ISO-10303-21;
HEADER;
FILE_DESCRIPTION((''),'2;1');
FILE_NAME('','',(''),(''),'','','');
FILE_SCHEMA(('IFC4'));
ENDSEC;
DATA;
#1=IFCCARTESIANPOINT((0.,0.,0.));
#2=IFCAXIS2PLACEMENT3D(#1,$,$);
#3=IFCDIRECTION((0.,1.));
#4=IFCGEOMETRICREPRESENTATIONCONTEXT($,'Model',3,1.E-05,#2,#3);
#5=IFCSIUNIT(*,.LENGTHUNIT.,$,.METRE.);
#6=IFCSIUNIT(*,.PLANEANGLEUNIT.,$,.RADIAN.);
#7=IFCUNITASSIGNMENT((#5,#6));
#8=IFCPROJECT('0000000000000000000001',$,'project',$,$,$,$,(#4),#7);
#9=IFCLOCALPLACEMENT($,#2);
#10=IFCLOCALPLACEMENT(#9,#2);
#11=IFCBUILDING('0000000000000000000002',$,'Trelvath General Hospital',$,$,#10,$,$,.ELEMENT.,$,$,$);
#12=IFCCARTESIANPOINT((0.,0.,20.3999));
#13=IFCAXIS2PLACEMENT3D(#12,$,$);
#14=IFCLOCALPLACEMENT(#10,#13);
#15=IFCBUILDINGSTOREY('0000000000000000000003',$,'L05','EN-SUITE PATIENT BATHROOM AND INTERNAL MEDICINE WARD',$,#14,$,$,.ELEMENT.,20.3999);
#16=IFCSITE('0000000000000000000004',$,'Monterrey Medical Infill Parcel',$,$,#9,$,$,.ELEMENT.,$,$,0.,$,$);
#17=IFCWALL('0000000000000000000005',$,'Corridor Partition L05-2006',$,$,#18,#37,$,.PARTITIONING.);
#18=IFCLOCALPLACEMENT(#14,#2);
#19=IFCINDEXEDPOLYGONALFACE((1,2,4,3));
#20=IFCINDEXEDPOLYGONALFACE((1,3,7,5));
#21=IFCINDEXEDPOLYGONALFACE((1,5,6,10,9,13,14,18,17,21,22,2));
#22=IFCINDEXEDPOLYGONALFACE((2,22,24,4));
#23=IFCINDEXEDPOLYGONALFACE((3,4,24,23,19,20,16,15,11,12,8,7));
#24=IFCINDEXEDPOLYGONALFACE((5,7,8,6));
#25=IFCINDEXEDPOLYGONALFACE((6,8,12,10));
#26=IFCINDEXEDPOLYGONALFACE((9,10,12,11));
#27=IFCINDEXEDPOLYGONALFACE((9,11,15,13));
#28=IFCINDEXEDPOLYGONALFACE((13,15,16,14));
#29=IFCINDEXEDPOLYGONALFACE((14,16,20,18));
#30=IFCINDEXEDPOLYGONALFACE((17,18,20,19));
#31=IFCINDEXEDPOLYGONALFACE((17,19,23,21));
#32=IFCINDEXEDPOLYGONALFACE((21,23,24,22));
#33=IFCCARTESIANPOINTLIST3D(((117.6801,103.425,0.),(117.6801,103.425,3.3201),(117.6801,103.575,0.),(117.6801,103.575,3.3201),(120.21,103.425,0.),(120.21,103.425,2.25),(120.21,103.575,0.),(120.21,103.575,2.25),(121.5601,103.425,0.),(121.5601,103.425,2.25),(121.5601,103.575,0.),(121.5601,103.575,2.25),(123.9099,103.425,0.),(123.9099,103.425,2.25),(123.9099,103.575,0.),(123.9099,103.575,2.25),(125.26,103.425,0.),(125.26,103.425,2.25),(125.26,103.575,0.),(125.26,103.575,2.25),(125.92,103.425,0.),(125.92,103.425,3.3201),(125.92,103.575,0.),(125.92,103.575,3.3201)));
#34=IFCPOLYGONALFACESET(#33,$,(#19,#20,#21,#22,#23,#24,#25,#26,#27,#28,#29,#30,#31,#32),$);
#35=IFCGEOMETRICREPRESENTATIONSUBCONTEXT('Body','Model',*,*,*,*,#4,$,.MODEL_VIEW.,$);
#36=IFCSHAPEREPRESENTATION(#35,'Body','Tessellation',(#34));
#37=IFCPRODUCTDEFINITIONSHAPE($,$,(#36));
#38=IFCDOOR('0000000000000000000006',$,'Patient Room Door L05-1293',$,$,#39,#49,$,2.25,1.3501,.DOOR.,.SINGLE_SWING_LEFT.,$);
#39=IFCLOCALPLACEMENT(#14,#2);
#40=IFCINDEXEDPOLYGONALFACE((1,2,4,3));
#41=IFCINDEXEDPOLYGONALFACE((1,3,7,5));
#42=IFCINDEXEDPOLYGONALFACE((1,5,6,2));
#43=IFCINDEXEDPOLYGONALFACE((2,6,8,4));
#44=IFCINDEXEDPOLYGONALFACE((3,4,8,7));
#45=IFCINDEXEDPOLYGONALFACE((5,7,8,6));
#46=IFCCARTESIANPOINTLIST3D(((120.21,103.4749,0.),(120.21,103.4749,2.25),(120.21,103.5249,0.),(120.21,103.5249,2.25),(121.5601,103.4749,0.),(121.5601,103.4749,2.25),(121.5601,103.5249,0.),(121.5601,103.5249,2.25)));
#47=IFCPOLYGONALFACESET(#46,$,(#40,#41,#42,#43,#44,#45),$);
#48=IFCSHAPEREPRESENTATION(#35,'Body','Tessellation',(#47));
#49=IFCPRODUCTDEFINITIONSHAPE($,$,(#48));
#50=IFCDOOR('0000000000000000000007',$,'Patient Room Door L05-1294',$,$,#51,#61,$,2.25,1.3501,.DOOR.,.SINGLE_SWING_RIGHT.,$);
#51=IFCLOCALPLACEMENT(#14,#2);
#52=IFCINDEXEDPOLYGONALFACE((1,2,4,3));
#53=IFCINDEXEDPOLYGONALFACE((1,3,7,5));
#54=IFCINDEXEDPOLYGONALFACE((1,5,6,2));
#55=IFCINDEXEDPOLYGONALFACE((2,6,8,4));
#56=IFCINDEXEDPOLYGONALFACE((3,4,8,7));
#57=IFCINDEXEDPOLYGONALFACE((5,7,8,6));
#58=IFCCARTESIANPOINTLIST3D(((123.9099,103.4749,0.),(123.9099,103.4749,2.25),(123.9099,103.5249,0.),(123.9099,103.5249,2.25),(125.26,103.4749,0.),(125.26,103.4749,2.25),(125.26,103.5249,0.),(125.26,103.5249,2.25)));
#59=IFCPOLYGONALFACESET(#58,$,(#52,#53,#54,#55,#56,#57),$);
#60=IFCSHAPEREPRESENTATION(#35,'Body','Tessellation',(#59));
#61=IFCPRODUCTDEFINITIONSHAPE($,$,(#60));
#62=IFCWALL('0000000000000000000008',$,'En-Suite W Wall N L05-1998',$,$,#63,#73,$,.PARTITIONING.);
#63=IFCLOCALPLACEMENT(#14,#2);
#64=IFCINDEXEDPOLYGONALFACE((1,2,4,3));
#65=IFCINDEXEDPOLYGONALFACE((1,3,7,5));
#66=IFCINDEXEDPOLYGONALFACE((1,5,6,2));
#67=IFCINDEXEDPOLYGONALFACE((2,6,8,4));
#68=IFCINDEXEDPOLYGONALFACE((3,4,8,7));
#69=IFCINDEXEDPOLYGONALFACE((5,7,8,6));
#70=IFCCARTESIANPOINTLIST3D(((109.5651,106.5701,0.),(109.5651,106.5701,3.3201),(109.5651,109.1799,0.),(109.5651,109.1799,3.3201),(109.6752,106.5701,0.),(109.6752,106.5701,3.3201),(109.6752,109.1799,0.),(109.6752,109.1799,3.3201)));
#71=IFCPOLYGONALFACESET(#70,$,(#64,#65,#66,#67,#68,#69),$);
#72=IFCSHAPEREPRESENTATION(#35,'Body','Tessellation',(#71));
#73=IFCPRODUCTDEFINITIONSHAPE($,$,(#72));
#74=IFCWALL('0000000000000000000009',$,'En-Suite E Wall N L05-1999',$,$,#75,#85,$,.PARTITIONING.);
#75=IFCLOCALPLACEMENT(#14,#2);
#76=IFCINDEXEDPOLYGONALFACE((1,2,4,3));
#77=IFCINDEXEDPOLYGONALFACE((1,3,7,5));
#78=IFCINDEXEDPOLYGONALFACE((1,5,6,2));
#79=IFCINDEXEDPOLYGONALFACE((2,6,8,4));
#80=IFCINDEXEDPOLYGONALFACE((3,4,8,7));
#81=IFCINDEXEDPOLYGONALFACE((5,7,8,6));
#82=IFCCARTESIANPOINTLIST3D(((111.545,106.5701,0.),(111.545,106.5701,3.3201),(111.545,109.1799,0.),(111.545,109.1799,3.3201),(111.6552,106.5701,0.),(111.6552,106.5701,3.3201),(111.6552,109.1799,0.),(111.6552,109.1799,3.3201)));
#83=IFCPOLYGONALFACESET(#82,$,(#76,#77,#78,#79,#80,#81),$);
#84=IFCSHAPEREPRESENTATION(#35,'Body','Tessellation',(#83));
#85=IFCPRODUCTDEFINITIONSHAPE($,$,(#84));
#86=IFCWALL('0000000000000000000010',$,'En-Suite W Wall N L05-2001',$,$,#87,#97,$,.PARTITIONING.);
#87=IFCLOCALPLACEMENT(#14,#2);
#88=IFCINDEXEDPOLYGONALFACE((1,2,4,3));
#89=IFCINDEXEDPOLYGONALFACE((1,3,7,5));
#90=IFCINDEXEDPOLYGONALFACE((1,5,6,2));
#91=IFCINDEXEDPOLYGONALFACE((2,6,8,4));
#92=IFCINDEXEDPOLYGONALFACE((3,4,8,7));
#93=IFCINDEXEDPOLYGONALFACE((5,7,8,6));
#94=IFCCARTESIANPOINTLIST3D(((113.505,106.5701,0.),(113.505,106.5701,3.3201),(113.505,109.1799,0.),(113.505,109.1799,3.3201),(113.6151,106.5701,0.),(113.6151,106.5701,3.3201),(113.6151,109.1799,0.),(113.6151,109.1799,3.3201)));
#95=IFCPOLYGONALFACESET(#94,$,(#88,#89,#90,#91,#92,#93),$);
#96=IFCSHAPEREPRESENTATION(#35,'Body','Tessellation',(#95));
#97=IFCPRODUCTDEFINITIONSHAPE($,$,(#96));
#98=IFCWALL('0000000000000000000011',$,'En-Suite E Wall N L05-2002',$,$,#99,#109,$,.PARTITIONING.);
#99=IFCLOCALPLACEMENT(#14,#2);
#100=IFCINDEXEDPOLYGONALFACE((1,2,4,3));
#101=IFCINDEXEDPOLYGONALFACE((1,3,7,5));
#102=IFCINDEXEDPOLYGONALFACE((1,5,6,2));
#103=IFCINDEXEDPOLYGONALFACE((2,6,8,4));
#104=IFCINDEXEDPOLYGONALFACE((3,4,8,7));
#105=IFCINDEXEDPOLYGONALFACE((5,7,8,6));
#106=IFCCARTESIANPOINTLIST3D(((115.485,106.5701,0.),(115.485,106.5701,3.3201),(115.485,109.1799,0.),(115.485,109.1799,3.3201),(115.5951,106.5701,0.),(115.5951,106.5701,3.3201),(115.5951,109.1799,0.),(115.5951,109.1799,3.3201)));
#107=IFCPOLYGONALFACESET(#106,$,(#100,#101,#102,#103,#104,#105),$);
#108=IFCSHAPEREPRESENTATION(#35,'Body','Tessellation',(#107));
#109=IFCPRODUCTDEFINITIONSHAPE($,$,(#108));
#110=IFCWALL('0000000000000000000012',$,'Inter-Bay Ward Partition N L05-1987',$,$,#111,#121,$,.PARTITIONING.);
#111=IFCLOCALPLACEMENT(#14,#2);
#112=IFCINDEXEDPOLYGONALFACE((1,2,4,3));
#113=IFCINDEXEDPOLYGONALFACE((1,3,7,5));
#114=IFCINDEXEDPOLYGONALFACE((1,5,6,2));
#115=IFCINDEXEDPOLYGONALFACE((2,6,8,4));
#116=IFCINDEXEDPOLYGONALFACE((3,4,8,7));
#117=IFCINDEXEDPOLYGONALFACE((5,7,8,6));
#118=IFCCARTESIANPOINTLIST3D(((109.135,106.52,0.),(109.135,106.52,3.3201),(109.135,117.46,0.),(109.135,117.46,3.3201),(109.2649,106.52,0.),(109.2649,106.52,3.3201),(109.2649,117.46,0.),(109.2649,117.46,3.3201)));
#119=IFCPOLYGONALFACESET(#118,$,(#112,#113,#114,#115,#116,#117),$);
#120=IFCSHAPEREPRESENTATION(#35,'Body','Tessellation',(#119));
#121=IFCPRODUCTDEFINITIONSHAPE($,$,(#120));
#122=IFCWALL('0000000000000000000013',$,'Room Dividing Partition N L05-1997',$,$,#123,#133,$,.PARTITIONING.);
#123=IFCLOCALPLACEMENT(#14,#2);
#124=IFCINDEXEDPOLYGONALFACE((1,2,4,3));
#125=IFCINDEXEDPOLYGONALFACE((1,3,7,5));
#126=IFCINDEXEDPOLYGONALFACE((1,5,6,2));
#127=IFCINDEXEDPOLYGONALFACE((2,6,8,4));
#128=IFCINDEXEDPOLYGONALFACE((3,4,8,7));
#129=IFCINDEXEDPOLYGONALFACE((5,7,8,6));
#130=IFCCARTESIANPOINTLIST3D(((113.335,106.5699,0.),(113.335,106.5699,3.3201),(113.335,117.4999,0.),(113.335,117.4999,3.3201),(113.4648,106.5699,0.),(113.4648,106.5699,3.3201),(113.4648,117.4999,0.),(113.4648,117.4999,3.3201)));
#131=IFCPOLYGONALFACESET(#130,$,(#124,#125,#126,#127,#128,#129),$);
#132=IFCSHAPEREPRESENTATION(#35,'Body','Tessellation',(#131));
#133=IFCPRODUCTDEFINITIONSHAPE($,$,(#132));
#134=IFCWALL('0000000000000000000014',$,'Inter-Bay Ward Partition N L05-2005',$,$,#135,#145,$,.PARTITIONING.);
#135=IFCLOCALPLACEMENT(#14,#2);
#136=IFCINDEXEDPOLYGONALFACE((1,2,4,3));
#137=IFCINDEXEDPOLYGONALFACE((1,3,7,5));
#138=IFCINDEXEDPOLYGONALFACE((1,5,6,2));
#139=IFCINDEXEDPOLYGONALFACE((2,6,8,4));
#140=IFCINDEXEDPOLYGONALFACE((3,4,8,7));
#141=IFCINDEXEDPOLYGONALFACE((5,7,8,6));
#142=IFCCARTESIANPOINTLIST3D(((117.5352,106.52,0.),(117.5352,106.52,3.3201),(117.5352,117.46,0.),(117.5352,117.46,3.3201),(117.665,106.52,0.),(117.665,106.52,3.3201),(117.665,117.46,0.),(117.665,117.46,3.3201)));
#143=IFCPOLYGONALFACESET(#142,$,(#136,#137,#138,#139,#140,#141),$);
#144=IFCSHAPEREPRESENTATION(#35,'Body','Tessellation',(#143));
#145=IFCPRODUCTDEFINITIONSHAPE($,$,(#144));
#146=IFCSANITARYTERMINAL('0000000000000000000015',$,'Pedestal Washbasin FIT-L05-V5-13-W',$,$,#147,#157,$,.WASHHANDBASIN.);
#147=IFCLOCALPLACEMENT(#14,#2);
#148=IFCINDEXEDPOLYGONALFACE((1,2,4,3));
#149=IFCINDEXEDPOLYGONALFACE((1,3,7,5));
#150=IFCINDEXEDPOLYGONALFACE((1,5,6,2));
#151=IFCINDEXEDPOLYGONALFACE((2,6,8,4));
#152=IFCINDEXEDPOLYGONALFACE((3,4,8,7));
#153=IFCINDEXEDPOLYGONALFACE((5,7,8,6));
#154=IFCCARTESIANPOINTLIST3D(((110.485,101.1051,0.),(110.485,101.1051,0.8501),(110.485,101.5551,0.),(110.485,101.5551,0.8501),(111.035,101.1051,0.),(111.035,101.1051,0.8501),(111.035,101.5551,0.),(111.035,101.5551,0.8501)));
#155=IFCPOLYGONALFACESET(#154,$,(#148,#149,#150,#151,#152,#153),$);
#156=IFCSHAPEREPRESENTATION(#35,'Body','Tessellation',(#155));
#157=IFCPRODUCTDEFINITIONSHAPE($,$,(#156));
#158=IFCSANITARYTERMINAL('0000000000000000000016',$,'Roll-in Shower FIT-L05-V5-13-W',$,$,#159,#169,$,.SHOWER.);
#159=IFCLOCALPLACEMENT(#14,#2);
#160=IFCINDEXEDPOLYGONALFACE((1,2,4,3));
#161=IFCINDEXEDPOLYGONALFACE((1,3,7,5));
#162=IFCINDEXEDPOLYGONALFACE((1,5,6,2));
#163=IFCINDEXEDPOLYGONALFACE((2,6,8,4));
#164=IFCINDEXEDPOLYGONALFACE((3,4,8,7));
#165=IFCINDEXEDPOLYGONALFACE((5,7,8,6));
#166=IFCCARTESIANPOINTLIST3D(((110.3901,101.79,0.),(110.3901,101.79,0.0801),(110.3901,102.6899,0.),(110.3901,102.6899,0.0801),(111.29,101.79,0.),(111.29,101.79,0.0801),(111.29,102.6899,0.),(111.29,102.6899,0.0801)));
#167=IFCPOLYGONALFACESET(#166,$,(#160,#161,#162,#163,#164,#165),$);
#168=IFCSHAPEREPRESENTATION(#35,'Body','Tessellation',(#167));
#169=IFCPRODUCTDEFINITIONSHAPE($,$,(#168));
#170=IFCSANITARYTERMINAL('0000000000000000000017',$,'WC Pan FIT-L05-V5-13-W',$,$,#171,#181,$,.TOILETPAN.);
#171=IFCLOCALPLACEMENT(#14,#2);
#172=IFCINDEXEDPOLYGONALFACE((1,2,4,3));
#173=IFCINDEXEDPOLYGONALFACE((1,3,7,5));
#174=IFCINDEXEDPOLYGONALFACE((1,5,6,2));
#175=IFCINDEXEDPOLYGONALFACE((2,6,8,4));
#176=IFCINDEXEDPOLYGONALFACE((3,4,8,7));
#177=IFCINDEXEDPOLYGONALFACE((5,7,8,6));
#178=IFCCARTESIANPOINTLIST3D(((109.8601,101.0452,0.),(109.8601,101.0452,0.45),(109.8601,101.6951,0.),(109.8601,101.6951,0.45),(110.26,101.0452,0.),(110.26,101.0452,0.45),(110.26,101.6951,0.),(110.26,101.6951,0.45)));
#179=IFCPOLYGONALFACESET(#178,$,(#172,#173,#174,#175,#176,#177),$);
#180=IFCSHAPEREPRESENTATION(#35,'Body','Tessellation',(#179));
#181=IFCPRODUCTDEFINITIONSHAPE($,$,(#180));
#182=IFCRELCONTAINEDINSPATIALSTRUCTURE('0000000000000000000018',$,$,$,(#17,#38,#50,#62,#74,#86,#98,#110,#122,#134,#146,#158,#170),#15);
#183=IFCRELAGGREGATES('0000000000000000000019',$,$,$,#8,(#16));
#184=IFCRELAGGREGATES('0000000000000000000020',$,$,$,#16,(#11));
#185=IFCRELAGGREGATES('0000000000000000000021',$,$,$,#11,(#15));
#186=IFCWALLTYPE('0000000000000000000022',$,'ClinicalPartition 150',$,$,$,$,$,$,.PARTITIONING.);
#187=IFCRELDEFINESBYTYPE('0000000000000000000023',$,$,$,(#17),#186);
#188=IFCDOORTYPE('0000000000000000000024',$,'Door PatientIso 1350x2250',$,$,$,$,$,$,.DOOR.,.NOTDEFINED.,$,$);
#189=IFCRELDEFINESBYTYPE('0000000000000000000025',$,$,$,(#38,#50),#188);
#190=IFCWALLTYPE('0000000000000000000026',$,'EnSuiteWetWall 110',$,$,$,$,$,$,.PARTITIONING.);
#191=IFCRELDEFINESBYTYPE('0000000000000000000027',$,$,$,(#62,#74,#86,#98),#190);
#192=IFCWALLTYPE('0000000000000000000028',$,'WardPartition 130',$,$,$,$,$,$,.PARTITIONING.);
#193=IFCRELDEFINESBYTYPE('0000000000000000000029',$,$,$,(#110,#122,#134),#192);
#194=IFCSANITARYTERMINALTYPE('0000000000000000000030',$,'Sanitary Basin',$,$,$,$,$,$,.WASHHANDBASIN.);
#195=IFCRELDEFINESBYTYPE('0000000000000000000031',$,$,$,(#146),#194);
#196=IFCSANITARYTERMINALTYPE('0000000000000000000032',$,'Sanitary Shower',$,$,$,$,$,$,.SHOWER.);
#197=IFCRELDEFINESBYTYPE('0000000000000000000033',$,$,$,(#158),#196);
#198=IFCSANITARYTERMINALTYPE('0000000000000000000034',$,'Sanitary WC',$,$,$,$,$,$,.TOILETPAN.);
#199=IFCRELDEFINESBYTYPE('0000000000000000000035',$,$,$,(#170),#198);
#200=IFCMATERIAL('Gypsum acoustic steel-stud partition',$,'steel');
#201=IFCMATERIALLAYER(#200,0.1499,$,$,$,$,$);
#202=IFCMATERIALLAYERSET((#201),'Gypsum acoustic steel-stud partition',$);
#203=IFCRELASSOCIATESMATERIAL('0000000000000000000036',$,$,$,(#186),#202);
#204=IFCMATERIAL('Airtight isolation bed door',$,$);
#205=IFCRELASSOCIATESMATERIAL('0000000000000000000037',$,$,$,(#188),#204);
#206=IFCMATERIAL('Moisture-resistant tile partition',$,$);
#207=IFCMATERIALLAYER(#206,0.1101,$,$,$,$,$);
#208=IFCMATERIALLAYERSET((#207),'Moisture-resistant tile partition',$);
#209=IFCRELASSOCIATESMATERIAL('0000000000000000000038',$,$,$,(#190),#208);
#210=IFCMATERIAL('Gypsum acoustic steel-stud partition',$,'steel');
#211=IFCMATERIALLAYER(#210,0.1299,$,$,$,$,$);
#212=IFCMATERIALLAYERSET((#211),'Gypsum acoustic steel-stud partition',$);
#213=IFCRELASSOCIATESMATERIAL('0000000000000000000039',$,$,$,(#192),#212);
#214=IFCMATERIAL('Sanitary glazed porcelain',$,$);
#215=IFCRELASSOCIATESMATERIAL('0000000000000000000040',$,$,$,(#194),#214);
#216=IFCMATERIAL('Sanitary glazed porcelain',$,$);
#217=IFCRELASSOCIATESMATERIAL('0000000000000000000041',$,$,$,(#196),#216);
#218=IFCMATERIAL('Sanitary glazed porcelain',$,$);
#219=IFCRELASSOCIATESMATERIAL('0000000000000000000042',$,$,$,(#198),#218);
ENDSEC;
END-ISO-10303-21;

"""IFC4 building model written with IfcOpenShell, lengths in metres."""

from ifc_helpers import new_model, si_unit, direction, frame, frame_2d, origin, origin_2d, place, context, subcontext, project, spatial, rectangle, extrude, material, layer, layer_set, type_object, element, fill, save


model = new_model("IFC4")

# Units and contexts
model_context = context("Model", 3, precision=1e-05, world=origin(), true_north=direction((0.0, 1.0)))
body_context = subcontext(model_context, "Body", "Model", "MODEL_VIEW")
ifc_project = project(units=[si_unit("LENGTHUNIT", "METRE"), si_unit("PLANEANGLEUNIT", "RADIAN")], contexts=[model_context])

# Site, building, storey
site_placement = place(None, origin())
site = spatial("IfcSite", under=ifc_project, at=site_placement, Name="Monterrey Medical Infill Parcel", CompositionType="ELEMENT", RefElevation=0.0)
building_placement = place(site_placement, origin())
building = spatial("IfcBuilding", under=site, at=building_placement, Name="Trelvath General Hospital", CompositionType="ELEMENT")
storey_placement = place(building_placement, frame((0.0, 0.0, 20.3999)))
storey = spatial("IfcBuildingStorey", under=building, at=storey_placement, Name="L05", Description="EN-SUITE PATIENT BATHROOM AND INTERNAL MEDICINE WARD", CompositionType="ELEMENT", Elevation=20.3999)

# Wall, openings, doors
ifc_material_1 = material(Name="Gypsum acoustic steel-stud partition", Category="steel")
ifc_layer_1 = layer(ifc_material_1, 0.1499)
ifc_layer_set_1 = layer_set([ifc_layer_1], Name="Gypsum acoustic steel-stud partition")
wall_type_1 = type_object("IfcWallType", Name="ClinicalPartition 150", PredefinedType="PARTITIONING", material=ifc_layer_set_1)
wall_1_placement = place(storey_placement, frame((117.6799, 103.5, 0.0), z_axis=(0.0, 0.0, 1.0), x_axis=(1.0, 0.0, 0.0)))
wall_1 = element("IfcWall", 1, at=wall_1_placement, inside=storey, type_object=wall_type_1, Name="Corridor Partition L05-2006", PredefinedType="PARTITIONING", context=body_context, shape_type="SweptSolid", body=[
    extrude(rectangle(XDim=8.24, YDim=0.1499, at=frame_2d((4.1201, 0.0))), origin(), (0.0, 0.0, 1.0), 3.3201),
])
opening_1_placement = place(wall_1_placement, frame((2.53, 0.0, 0.0)))
opening_1 = element("IfcOpeningElement", 2, at=opening_1_placement, cuts=wall_1, PredefinedType="OPENING", context=body_context, shape_type="SweptSolid", body=[
    extrude(rectangle(XDim=1.3501, YDim=2.25, at=frame_2d((0.675, 1.125))), frame((0.0, 0.085, 0.0), z_axis=(0.0, -1.0, 0.0), x_axis=(1.0, 0.0, 0.0)), (0.0, 0.0, 1.0), 0.1699),
])
opening_2_placement = place(wall_1_placement, frame((6.23, 0.0, 0.0)))
opening_2 = element("IfcOpeningElement", 3, at=opening_2_placement, cuts=wall_1, PredefinedType="OPENING", context=body_context, shape_type="SweptSolid", body=[
    extrude(rectangle(XDim=1.3501, YDim=2.25, at=frame_2d((0.675, 1.125))), frame((0.0, 0.085, 0.0), z_axis=(0.0, -1.0, 0.0), x_axis=(1.0, 0.0, 0.0)), (0.0, 0.0, 1.0), 0.1699),
])
ifc_material_2 = material(Name="Airtight isolation bed door")
door_type_1 = type_object("IfcDoorType", Name="Door PatientIso 1350x2250", OperationType="NOTDEFINED", PredefinedType="DOOR", material=ifc_material_2)
door_1_placement = place(opening_1_placement, origin())
door_1 = element("IfcDoor", 4, at=door_1_placement, inside=storey, type_object=door_type_1, Name="Patient Room Door L05-1293", OperationType="SINGLE_SWING_LEFT", OverallHeight=2.25, OverallWidth=1.3501, PredefinedType="DOOR", context=body_context, shape_type="SweptSolid", body=[
    extrude(rectangle(XDim=1.3501, YDim=2.25, at=frame_2d((0.675, 1.125))), frame((0.0, 0.0249, 0.0), z_axis=(0.0, -1.0, 0.0), x_axis=(1.0, 0.0, 0.0)), (0.0, 0.0, 1.0), 0.05),
])
fill(opening_1, door_1)
door_2_placement = place(opening_2_placement, origin())
door_2 = element("IfcDoor", 5, at=door_2_placement, inside=storey, type_object=door_type_1, Name="Patient Room Door L05-1294", OperationType="SINGLE_SWING_RIGHT", OverallHeight=2.25, OverallWidth=1.3501, PredefinedType="DOOR", context=body_context, shape_type="SweptSolid", body=[
    extrude(rectangle(XDim=1.3501, YDim=2.25, at=frame_2d((0.675, 1.125))), frame((0.0, 0.0249, 0.0), z_axis=(0.0, -1.0, 0.0), x_axis=(1.0, 0.0, 0.0)), (0.0, 0.0, 1.0), 0.05),
])
fill(opening_2, door_2)

# Walls
ifc_material_3 = material(Name="Moisture-resistant tile partition")
ifc_layer_2 = layer(ifc_material_3, 0.1101)
ifc_layer_set_2 = layer_set([ifc_layer_2], Name="Moisture-resistant tile partition")
wall_type_2 = type_object("IfcWallType", Name="EnSuiteWetWall 110", PredefinedType="PARTITIONING", material=ifc_layer_set_2)
for number, where, z_axis, x_axis, name in (
    (6, (109.6201, 106.5701, 0.0), (0.0, 0.0, 1.0), (0.0, 1.0, 0.0), "En-Suite W Wall N L05-1998"),
    (7, (111.6001, 106.5701, 0.0), (0.0, 0.0, 1.0), (0.0, 1.0, 0.0), "En-Suite E Wall N L05-1999"),
    (8, (113.5601, 106.5701, 0.0), (0.0, 0.0, 1.0), (0.0, 1.0, 0.0), "En-Suite W Wall N L05-2001"),
    (9, (115.54, 106.5701, 0.0), (0.0, 0.0, 1.0), (0.0, 1.0, 0.0), "En-Suite E Wall N L05-2002"),
):
    element("IfcWall", number, at=place(storey_placement, frame(where, z_axis=z_axis, x_axis=x_axis)), inside=storey, type_object=wall_type_2, Name=name, PredefinedType="PARTITIONING", context=body_context, shape_type="SweptSolid", body=[
        extrude(rectangle(XDim=2.6099, YDim=0.1101, at=frame_2d((1.3049, 0.0))), origin(), (0.0, 0.0, 1.0), 3.3201),
    ])
ifc_material_4 = material(Name="Gypsum acoustic steel-stud partition", Category="steel")
ifc_layer_3 = layer(ifc_material_4, 0.1299)
ifc_layer_set_3 = layer_set([ifc_layer_3], Name="Gypsum acoustic steel-stud partition")
wall_type_3 = type_object("IfcWallType", Name="WardPartition 130", PredefinedType="PARTITIONING", material=ifc_layer_set_3)
wall_2_placement = place(storey_placement, frame((109.2, 106.52, 0.0), z_axis=(0.0, 0.0, 1.0), x_axis=(0.0, 1.0, 0.0)))
element("IfcWall", 10, at=wall_2_placement, inside=storey, type_object=wall_type_3, Name="Inter-Bay Ward Partition N L05-1987", PredefinedType="PARTITIONING", context=body_context, shape_type="SweptSolid", body=[
    extrude(rectangle(XDim=10.9399, YDim=0.1299, at=frame_2d((5.47, 0.0))), origin(), (0.0, 0.0, 1.0), 3.3201),
])
wall_3_placement = place(storey_placement, frame((113.3999, 106.5701, 0.0), z_axis=(0.0, 0.0, 1.0), x_axis=(0.0, 1.0, 0.0)))
element("IfcWall", 11, at=wall_3_placement, inside=storey, type_object=wall_type_3, Name="Room Dividing Partition N L05-1997", PredefinedType="PARTITIONING", context=body_context, shape_type="SweptSolid", body=[
    extrude(rectangle(XDim=10.9299, YDim=0.1299, at=frame_2d((5.4648, 0.0))), origin(), (0.0, 0.0, 1.0), 3.3201),
])
wall_4_placement = place(storey_placement, frame((117.6001, 106.52, 0.0), z_axis=(0.0, 0.0, 1.0), x_axis=(0.0, 1.0, 0.0)))
element("IfcWall", 12, at=wall_4_placement, inside=storey, type_object=wall_type_3, Name="Inter-Bay Ward Partition N L05-2005", PredefinedType="PARTITIONING", context=body_context, shape_type="SweptSolid", body=[
    extrude(rectangle(XDim=10.9399, YDim=0.1299, at=frame_2d((5.47, 0.0))), origin(), (0.0, 0.0, 1.0), 3.3201),
])

# Sanitary terminals
ifc_material_5 = material(Name="Sanitary glazed porcelain")
sanitary_terminal_type_1 = type_object("IfcSanitaryTerminalType", Name="Sanitary Basin", PredefinedType="WASHHANDBASIN", material=ifc_material_5)
sanitary_terminal_1_placement = place(storey_placement, frame((110.76, 101.3301, 0.0), z_axis=(0.0, 0.0, 1.0), x_axis=(1.0, 0.0, 0.0)))
element("IfcSanitaryTerminal", 13, at=sanitary_terminal_1_placement, inside=storey, type_object=sanitary_terminal_type_1, Name="Pedestal Washbasin FIT-L05-V5-13-W", PredefinedType="WASHHANDBASIN", context=body_context, shape_type="SweptSolid", body=[
    extrude(rectangle(XDim=0.55, YDim=0.45, at=origin_2d()), origin(), (0.0, 0.0, 1.0), 0.8501),
])
ifc_material_6 = material(Name="Sanitary glazed porcelain")
sanitary_terminal_type_2 = type_object("IfcSanitaryTerminalType", Name="Sanitary Shower", PredefinedType="SHOWER", material=ifc_material_6)
sanitary_terminal_2_placement = place(storey_placement, frame((110.8401, 102.24, 0.0), z_axis=(0.0, 0.0, 1.0), x_axis=(1.0, 0.0, 0.0)))
element("IfcSanitaryTerminal", 14, at=sanitary_terminal_2_placement, inside=storey, type_object=sanitary_terminal_type_2, Name="Roll-in Shower FIT-L05-V5-13-W", PredefinedType="SHOWER", context=body_context, shape_type="SweptSolid", body=[
    extrude(rectangle(XDim=0.8999, YDim=0.8999, at=origin_2d()), origin(), (0.0, 0.0, 1.0), 0.0801),
])
ifc_material_7 = material(Name="Sanitary glazed porcelain")
sanitary_terminal_type_3 = type_object("IfcSanitaryTerminalType", Name="Sanitary WC", PredefinedType="TOILETPAN", material=ifc_material_7)
sanitary_terminal_3_placement = place(storey_placement, frame((110.0601, 101.3701, 0.0), z_axis=(0.0, 0.0, 1.0), x_axis=(1.0, 0.0, 0.0)))
element("IfcSanitaryTerminal", 15, at=sanitary_terminal_3_placement, inside=storey, type_object=sanitary_terminal_type_3, Name="WC Pan FIT-L05-V5-13-W", PredefinedType="TOILETPAN", context=body_context, shape_type="SweptSolid", body=[
    extrude(rectangle(XDim=0.3999, YDim=0.6499, at=origin_2d()), origin(), (0.0, 0.0, 1.0), 0.45),
])

save(model, "model.ifc")
